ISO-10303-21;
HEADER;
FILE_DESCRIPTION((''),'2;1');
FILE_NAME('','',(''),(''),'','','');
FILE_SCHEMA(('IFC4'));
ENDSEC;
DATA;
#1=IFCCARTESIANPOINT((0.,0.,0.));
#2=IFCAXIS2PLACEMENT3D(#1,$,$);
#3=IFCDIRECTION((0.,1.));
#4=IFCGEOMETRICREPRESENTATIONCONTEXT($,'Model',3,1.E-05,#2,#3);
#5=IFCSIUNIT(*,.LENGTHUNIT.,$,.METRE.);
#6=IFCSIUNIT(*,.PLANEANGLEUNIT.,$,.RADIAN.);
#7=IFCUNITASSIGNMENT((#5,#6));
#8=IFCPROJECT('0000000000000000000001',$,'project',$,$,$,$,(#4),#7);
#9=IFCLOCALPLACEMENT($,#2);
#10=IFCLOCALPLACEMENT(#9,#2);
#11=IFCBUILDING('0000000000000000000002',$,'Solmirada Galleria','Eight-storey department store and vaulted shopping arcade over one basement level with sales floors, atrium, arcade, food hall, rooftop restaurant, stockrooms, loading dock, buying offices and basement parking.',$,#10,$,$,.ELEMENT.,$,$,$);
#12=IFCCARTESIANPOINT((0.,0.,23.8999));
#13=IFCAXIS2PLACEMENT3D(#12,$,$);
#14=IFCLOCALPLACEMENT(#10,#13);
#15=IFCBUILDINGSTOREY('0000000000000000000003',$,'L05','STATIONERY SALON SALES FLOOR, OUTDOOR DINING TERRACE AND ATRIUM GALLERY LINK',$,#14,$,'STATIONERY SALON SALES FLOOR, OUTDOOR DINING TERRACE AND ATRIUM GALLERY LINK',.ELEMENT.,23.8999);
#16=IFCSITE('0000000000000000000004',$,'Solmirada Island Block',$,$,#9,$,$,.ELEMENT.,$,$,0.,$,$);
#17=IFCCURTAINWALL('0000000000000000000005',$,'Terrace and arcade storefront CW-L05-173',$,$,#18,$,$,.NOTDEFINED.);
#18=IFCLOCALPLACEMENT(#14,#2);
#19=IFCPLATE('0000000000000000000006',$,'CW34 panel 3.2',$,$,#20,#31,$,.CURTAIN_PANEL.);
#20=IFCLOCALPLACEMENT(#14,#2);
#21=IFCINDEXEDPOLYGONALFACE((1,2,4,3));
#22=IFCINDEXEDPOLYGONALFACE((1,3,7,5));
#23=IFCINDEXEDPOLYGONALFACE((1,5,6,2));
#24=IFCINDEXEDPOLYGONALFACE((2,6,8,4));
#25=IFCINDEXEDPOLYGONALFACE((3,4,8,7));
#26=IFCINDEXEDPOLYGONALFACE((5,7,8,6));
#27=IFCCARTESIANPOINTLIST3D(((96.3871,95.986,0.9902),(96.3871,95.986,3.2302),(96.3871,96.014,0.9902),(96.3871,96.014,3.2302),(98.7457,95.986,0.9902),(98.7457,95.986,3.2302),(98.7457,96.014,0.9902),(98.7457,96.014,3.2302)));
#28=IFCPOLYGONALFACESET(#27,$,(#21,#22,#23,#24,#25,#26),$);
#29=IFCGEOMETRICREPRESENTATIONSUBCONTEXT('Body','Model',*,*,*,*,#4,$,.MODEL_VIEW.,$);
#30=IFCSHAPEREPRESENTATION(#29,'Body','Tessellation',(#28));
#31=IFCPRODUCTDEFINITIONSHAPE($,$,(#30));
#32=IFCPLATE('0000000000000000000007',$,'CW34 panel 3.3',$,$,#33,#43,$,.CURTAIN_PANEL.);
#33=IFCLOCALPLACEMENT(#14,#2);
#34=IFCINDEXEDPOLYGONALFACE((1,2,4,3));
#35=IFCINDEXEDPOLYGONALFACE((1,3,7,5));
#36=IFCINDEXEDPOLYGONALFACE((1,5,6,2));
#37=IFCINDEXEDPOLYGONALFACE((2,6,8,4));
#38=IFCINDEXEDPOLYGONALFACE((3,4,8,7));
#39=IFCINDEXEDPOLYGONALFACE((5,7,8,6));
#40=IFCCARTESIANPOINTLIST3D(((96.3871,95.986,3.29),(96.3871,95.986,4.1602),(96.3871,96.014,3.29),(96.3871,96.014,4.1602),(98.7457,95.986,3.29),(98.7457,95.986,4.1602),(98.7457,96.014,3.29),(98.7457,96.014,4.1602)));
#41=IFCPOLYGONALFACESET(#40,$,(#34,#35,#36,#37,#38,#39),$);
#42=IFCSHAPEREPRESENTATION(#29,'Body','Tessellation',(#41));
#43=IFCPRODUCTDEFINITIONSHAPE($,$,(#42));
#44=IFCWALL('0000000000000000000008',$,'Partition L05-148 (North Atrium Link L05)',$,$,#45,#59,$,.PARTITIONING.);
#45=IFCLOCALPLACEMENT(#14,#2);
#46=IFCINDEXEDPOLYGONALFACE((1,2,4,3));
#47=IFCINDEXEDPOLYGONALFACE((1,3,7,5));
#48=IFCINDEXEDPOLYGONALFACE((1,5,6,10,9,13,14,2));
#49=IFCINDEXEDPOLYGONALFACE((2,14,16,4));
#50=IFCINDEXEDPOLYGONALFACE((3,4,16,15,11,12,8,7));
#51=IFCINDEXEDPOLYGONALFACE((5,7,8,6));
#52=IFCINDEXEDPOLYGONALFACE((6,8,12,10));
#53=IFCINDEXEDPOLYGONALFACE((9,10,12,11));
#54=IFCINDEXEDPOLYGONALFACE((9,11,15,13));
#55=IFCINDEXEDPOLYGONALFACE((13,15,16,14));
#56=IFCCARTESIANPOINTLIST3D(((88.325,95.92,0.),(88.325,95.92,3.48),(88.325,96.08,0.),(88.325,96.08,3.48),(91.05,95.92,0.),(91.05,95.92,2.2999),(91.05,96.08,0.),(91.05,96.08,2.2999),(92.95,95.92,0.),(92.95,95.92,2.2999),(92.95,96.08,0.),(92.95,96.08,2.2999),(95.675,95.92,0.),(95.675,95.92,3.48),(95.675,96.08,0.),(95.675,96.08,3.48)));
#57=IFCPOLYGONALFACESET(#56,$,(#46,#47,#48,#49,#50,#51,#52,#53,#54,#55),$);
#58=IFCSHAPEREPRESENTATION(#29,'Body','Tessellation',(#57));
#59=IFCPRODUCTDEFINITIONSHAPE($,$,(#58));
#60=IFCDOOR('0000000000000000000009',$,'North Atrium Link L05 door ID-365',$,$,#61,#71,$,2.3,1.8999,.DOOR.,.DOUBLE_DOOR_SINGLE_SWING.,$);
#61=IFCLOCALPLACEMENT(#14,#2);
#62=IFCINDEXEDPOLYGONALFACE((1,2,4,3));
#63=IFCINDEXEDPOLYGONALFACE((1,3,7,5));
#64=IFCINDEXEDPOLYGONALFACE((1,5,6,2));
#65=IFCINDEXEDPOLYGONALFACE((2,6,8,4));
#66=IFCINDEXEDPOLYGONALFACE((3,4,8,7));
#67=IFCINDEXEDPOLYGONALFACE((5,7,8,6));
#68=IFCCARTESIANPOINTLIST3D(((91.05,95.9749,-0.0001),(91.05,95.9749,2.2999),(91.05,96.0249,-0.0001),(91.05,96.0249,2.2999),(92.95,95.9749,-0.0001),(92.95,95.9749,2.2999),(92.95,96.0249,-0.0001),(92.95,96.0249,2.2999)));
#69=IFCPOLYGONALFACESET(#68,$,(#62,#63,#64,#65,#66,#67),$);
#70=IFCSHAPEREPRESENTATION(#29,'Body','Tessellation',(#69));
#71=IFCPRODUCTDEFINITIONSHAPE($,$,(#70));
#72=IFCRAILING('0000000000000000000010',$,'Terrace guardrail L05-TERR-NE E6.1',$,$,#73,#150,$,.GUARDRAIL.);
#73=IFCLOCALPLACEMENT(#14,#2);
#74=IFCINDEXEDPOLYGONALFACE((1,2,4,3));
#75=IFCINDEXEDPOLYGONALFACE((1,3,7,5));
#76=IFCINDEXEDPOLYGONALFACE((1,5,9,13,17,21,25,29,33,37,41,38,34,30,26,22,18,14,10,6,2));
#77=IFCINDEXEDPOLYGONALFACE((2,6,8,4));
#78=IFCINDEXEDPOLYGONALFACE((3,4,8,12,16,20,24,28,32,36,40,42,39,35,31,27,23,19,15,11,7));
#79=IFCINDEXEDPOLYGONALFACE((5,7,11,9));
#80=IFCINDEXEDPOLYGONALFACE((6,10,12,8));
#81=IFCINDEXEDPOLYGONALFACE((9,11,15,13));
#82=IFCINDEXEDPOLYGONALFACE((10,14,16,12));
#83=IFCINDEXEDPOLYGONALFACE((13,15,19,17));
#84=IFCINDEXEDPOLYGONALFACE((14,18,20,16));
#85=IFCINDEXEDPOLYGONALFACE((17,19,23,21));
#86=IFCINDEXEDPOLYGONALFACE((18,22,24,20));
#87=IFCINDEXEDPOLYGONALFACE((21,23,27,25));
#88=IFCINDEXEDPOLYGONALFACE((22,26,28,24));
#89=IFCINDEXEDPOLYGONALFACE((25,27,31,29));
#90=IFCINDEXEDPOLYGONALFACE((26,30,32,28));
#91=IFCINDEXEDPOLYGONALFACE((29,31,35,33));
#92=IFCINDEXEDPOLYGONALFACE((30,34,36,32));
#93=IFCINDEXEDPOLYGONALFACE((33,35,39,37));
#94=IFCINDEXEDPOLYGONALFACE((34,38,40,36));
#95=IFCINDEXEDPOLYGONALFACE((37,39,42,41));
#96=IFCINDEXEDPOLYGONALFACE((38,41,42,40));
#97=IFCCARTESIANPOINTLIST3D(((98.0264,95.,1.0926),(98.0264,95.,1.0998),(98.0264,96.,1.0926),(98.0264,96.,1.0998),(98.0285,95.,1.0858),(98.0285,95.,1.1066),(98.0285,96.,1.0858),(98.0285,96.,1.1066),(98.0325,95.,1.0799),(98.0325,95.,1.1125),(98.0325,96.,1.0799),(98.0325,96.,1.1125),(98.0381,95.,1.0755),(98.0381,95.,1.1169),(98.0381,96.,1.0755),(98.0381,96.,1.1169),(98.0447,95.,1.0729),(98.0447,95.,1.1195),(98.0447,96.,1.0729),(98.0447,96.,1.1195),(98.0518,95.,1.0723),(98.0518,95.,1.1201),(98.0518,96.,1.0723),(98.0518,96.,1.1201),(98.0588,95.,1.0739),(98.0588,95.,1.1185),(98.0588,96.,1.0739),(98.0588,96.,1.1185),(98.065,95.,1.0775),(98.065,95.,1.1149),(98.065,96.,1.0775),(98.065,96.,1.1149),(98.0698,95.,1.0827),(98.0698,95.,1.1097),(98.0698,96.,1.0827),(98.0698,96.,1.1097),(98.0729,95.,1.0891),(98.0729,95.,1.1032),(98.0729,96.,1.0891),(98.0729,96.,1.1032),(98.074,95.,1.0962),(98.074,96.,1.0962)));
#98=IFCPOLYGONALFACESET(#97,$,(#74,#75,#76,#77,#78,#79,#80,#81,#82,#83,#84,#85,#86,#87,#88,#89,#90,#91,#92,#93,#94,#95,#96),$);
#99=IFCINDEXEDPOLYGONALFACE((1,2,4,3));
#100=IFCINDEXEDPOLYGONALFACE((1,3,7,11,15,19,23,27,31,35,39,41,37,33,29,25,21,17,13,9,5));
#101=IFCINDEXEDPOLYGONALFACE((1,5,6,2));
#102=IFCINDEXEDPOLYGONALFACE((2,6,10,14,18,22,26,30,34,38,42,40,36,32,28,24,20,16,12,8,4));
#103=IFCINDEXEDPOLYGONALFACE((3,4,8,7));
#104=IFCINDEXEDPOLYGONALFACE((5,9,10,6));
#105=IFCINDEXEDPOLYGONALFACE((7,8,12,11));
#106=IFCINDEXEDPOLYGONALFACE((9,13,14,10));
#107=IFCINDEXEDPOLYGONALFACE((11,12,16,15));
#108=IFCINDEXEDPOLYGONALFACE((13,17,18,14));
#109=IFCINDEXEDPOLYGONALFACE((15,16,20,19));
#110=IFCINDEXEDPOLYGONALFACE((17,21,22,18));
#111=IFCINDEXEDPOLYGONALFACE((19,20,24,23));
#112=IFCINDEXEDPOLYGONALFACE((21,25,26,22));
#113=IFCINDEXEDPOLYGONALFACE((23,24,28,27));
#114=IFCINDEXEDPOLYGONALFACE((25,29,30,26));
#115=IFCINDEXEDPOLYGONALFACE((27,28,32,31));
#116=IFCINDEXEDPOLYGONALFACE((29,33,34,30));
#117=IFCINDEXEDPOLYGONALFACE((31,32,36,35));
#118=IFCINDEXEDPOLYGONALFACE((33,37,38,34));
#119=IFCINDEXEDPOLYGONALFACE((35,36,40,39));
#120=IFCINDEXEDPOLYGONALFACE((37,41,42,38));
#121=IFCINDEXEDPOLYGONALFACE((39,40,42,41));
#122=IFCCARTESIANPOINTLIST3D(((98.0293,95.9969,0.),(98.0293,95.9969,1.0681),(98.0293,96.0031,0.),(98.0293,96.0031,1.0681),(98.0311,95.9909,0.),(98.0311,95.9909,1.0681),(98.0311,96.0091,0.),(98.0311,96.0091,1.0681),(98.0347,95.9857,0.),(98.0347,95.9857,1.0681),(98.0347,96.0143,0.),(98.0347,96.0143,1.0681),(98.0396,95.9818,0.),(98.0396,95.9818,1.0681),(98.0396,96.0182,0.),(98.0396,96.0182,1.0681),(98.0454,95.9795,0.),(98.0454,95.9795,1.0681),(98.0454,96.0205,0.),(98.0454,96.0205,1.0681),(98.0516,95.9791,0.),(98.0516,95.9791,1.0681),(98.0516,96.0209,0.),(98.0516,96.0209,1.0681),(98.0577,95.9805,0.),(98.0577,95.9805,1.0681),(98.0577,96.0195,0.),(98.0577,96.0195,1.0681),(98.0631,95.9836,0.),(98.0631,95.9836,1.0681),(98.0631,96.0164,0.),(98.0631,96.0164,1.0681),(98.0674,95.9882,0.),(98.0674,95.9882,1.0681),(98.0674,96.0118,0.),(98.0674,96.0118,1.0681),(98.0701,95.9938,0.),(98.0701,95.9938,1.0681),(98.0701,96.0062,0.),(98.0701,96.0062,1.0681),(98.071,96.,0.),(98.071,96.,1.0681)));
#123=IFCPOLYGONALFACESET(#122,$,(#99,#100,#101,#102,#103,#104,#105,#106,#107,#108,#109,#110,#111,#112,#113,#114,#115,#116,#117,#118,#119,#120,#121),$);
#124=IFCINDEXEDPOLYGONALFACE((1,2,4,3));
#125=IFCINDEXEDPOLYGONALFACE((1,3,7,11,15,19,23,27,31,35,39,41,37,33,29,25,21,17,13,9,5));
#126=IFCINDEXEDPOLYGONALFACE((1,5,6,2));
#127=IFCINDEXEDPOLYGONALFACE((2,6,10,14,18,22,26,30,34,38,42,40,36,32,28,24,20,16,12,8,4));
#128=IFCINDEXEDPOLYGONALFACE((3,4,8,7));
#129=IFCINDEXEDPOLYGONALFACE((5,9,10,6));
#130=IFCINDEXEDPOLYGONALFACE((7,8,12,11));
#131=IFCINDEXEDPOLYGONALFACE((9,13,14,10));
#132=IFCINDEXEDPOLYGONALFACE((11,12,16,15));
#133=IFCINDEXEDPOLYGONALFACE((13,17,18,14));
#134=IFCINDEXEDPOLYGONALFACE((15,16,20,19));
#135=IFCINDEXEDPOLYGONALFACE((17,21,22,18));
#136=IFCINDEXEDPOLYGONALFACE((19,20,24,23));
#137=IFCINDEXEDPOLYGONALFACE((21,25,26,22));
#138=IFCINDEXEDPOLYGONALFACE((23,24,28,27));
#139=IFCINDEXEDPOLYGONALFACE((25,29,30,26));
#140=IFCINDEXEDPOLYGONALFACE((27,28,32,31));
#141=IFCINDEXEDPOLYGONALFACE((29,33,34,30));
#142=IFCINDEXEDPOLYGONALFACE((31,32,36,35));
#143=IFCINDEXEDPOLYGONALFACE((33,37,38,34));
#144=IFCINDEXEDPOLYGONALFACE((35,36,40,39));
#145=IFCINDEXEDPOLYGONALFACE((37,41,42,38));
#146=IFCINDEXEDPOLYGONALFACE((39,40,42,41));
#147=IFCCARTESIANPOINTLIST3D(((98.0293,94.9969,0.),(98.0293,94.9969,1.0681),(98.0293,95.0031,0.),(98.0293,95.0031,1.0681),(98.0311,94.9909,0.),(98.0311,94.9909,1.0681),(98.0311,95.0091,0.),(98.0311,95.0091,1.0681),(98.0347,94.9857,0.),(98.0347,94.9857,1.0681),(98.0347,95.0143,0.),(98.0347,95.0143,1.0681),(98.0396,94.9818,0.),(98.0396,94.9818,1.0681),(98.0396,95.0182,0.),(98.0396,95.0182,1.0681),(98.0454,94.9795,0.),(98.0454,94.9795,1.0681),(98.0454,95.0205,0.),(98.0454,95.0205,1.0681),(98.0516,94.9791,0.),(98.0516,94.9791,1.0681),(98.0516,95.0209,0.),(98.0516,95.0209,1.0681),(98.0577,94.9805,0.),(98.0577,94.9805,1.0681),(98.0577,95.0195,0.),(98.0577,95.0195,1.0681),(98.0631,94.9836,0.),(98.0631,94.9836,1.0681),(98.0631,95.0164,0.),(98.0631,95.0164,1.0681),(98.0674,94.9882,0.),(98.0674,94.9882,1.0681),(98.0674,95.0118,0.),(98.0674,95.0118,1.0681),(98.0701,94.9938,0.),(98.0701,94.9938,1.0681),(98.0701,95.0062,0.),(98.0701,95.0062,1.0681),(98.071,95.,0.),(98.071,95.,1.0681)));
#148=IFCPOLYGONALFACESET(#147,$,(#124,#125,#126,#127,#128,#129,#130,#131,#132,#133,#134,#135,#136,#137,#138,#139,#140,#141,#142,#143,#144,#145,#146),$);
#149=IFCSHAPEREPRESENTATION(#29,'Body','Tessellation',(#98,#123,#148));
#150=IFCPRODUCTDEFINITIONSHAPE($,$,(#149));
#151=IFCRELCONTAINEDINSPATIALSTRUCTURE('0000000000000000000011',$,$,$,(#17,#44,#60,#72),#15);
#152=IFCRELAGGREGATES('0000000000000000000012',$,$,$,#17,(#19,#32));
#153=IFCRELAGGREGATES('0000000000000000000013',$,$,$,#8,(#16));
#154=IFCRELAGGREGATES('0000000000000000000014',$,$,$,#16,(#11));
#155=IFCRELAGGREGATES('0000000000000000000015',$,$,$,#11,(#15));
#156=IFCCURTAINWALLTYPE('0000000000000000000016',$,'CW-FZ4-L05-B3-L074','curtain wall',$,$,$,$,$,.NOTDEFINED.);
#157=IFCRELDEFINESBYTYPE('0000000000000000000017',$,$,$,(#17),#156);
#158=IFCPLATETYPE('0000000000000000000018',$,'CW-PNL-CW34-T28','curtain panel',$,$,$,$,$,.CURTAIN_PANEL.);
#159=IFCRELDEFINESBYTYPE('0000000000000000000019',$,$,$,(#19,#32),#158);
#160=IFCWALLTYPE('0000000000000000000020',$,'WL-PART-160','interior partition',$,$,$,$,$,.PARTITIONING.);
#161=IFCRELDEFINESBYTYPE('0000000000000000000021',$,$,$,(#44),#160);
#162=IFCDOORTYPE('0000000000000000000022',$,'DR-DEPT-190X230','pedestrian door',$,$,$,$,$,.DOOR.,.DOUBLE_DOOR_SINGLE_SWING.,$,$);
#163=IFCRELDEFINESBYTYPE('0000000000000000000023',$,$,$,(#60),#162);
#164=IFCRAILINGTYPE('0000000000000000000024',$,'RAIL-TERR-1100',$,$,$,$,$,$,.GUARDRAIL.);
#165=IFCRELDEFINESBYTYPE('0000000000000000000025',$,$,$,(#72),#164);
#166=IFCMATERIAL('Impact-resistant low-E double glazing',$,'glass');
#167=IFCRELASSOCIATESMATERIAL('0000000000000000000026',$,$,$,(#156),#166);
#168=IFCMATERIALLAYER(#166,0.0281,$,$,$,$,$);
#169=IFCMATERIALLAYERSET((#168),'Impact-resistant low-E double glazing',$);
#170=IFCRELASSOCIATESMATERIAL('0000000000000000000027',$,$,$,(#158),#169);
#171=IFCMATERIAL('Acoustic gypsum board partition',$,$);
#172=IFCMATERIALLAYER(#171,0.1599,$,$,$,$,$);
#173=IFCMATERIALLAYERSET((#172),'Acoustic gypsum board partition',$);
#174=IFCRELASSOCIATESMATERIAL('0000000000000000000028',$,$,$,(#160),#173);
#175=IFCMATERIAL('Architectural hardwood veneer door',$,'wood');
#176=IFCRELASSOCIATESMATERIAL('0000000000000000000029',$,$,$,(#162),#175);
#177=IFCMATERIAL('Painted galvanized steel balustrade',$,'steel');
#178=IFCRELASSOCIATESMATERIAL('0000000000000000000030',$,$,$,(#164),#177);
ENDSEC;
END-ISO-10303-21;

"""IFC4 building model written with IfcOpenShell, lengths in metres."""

from ifc_helpers import new_model, si_unit, direction, frame, frame_2d, origin, origin_2d, place, context, subcontext, project, spatial, rectangle, circle, extrude, material, layer, layer_set, type_object, element, fill, aggregate, save


model = new_model("IFC4")

# Units and contexts
model_context = context("Model", 3, precision=1e-05, world=origin(), true_north=direction((0.0, 1.0)))
body_context = subcontext(model_context, "Body", "Model", "MODEL_VIEW")
ifc_project = project(units=[si_unit("LENGTHUNIT", "METRE"), si_unit("PLANEANGLEUNIT", "RADIAN")], contexts=[model_context])

# Site, building, storey
site_placement = place(None, origin())
site = spatial("IfcSite", under=ifc_project, at=site_placement, Name="Solmirada Island Block", CompositionType="ELEMENT", RefElevation=0.0)
building_placement = place(site_placement, origin())
building = spatial("IfcBuilding", under=site, at=building_placement, Name="Solmirada Galleria", Description="Eight-storey department store and vaulted shopping arcade over one basement level with sales floors, atrium, arcade, food hall, rooftop restaurant, stockrooms, loading dock, buying offices and basement parking.", CompositionType="ELEMENT")
storey_placement = place(building_placement, frame((0.0, 0.0, 23.8999)))
storey = spatial("IfcBuildingStorey", under=building, at=storey_placement, Name="L05", Description="STATIONERY SALON SALES FLOOR, OUTDOOR DINING TERRACE AND ATRIUM GALLERY LINK", LongName="STATIONERY SALON SALES FLOOR, OUTDOOR DINING TERRACE AND ATRIUM GALLERY LINK", CompositionType="ELEMENT", Elevation=23.8999)

# Shared definitions
ifc_material_1 = material(Name="Impact-resistant low-E double glazing", Category="glass")
curtain_wall_type = type_object("IfcCurtainWallType", Name="CW-FZ4-L05-B3-L074", Description="curtain wall", PredefinedType="NOTDEFINED", material=ifc_material_1)

# Curtain wall
curtain_wall_1_placement = place(storey_placement, origin())
curtain_wall_1 = element("IfcCurtainWall", 1, at=curtain_wall_1_placement, inside=storey, type_object=curtain_wall_type, Name="Terrace and arcade storefront CW-L05-173", PredefinedType="NOTDEFINED")

# Plates
ifc_layer_1 = layer(ifc_material_1, 0.0281)
ifc_layer_set_1 = layer_set([ifc_layer_1], Name="Impact-resistant low-E double glazing")
plate_type = type_object("IfcPlateType", Name="CW-PNL-CW34-T28", Description="curtain panel", PredefinedType="CURTAIN_PANEL", material=ifc_layer_set_1)
plate_1_placement = place(storey_placement, frame((97.5664, 96.0, 0.9902), z_axis=(0.0, 0.0, 1.0), x_axis=(-1.0, 0.0, 0.0)))
plate_1 = element("IfcPlate", 2, at=plate_1_placement, type_object=plate_type, Name="CW34 panel 3.2", PredefinedType="CURTAIN_PANEL", context=body_context, shape_type="SweptSolid", body=[
    extrude(rectangle(XDim=2.3586, YDim=0.0281, at=origin_2d()), origin(), (0.0, 0.0, 1.0), 2.24),
])
plate_2_placement = place(storey_placement, frame((97.5664, 96.0, 3.29), z_axis=(0.0, 0.0, 1.0), x_axis=(-1.0, 0.0, 0.0)))
plate_2 = element("IfcPlate", 3, at=plate_2_placement, type_object=plate_type, Name="CW34 panel 3.3", PredefinedType="CURTAIN_PANEL", context=body_context, shape_type="SweptSolid", body=[
    extrude(rectangle(XDim=2.3586, YDim=0.0281, at=origin_2d()), origin(), (0.0, 0.0, 1.0), 0.8701),
])
aggregate(curtain_wall_1, [plate_1, plate_2])

# Wall, opening, door
ifc_material_2 = material(Name="Acoustic gypsum board partition")
ifc_layer_2 = layer(ifc_material_2, 0.1599)
ifc_layer_set_2 = layer_set([ifc_layer_2], Name="Acoustic gypsum board partition")
wall_type = type_object("IfcWallType", Name="WL-PART-160", Description="interior partition", PredefinedType="PARTITIONING", material=ifc_layer_set_2)
wall_placement = place(storey_placement, frame((88.325, 96.0, 0.0), z_axis=(0.0, 0.0, 1.0), x_axis=(1.0, 0.0, 0.0)))
wall = element("IfcWall", 4, at=wall_placement, inside=storey, type_object=wall_type, Name="Partition L05-148 (North Atrium Link L05)", PredefinedType="PARTITIONING", context=body_context, shape_type="SweptSolid", body=[
    extrude(rectangle(XDim=7.3501, YDim=0.1599, at=frame_2d((3.675, 0.0))), origin(), (0.0, 0.0, 1.0), 3.48),
])
opening_placement = place(wall_placement, frame((2.7251, 0.0, 0.0)))
opening = element("IfcOpeningElement", 5, at=opening_placement, cuts=wall, PredefinedType="OPENING", context=body_context, shape_type="SweptSolid", body=[
    extrude(rectangle(XDim=1.8999, YDim=2.3, at=frame_2d((0.95, 1.1499))), frame((0.0, 0.0898, 0.0), z_axis=(0.0, -1.0, 0.0), x_axis=(1.0, 0.0, 0.0)), (0.0, 0.0, 1.0), 0.1799),
])
ifc_material_3 = material(Name="Architectural hardwood veneer door", Category="wood")
door_type = type_object("IfcDoorType", Name="DR-DEPT-190X230", Description="pedestrian door", OperationType="DOUBLE_DOOR_SINGLE_SWING", PredefinedType="DOOR", material=ifc_material_3)
door_placement = place(opening_placement, origin())
door = element("IfcDoor", 6, at=door_placement, inside=storey, type_object=door_type, Name="North Atrium Link L05 door ID-365", OperationType="DOUBLE_DOOR_SINGLE_SWING", OverallHeight=2.3, OverallWidth=1.8999, PredefinedType="DOOR", context=body_context, shape_type="SweptSolid", body=[
    extrude(rectangle(XDim=1.8999, YDim=2.3, at=frame_2d((0.95, 1.1499))), frame((0.0, 0.0249, 0.0), z_axis=(0.0, -1.0, 0.0), x_axis=(1.0, 0.0, 0.0)), (0.0, 0.0, 1.0), 0.05),
])
fill(opening, door)

# Railing
ifc_material_4 = material(Name="Painted galvanized steel balustrade", Category="steel")
railing_type = type_object("IfcRailingType", Name="RAIL-TERR-1100", PredefinedType="GUARDRAIL", material=ifc_material_4)
railing_placement = place(storey_placement, frame((98.05, 96.0, 0.0)))
element("IfcRailing", 7, at=railing_placement, inside=storey, type_object=railing_type, Name="Terrace guardrail L05-TERR-NE E6.1", PredefinedType="GUARDRAIL", context=body_context, shape_type="SweptSolid", body=[
    extrude(circle(Radius=0.0239, at=origin_2d()), frame((0.0, 0.0, 1.0962), z_axis=(0.0, -1.0, 0.0), x_axis=(1.0, 0.0, 0.0)), (0.0, 0.0, 1.0), 1.0),
    extrude(circle(Radius=0.021, at=origin_2d()), origin(), (0.0, 0.0, 1.0), 1.0681),
    extrude(circle(Radius=0.021, at=origin_2d()), frame((0.0, -1.0, 0.0)), (0.0, 0.0, 1.0), 1.0681),
])

save(model, "model.ifc")
